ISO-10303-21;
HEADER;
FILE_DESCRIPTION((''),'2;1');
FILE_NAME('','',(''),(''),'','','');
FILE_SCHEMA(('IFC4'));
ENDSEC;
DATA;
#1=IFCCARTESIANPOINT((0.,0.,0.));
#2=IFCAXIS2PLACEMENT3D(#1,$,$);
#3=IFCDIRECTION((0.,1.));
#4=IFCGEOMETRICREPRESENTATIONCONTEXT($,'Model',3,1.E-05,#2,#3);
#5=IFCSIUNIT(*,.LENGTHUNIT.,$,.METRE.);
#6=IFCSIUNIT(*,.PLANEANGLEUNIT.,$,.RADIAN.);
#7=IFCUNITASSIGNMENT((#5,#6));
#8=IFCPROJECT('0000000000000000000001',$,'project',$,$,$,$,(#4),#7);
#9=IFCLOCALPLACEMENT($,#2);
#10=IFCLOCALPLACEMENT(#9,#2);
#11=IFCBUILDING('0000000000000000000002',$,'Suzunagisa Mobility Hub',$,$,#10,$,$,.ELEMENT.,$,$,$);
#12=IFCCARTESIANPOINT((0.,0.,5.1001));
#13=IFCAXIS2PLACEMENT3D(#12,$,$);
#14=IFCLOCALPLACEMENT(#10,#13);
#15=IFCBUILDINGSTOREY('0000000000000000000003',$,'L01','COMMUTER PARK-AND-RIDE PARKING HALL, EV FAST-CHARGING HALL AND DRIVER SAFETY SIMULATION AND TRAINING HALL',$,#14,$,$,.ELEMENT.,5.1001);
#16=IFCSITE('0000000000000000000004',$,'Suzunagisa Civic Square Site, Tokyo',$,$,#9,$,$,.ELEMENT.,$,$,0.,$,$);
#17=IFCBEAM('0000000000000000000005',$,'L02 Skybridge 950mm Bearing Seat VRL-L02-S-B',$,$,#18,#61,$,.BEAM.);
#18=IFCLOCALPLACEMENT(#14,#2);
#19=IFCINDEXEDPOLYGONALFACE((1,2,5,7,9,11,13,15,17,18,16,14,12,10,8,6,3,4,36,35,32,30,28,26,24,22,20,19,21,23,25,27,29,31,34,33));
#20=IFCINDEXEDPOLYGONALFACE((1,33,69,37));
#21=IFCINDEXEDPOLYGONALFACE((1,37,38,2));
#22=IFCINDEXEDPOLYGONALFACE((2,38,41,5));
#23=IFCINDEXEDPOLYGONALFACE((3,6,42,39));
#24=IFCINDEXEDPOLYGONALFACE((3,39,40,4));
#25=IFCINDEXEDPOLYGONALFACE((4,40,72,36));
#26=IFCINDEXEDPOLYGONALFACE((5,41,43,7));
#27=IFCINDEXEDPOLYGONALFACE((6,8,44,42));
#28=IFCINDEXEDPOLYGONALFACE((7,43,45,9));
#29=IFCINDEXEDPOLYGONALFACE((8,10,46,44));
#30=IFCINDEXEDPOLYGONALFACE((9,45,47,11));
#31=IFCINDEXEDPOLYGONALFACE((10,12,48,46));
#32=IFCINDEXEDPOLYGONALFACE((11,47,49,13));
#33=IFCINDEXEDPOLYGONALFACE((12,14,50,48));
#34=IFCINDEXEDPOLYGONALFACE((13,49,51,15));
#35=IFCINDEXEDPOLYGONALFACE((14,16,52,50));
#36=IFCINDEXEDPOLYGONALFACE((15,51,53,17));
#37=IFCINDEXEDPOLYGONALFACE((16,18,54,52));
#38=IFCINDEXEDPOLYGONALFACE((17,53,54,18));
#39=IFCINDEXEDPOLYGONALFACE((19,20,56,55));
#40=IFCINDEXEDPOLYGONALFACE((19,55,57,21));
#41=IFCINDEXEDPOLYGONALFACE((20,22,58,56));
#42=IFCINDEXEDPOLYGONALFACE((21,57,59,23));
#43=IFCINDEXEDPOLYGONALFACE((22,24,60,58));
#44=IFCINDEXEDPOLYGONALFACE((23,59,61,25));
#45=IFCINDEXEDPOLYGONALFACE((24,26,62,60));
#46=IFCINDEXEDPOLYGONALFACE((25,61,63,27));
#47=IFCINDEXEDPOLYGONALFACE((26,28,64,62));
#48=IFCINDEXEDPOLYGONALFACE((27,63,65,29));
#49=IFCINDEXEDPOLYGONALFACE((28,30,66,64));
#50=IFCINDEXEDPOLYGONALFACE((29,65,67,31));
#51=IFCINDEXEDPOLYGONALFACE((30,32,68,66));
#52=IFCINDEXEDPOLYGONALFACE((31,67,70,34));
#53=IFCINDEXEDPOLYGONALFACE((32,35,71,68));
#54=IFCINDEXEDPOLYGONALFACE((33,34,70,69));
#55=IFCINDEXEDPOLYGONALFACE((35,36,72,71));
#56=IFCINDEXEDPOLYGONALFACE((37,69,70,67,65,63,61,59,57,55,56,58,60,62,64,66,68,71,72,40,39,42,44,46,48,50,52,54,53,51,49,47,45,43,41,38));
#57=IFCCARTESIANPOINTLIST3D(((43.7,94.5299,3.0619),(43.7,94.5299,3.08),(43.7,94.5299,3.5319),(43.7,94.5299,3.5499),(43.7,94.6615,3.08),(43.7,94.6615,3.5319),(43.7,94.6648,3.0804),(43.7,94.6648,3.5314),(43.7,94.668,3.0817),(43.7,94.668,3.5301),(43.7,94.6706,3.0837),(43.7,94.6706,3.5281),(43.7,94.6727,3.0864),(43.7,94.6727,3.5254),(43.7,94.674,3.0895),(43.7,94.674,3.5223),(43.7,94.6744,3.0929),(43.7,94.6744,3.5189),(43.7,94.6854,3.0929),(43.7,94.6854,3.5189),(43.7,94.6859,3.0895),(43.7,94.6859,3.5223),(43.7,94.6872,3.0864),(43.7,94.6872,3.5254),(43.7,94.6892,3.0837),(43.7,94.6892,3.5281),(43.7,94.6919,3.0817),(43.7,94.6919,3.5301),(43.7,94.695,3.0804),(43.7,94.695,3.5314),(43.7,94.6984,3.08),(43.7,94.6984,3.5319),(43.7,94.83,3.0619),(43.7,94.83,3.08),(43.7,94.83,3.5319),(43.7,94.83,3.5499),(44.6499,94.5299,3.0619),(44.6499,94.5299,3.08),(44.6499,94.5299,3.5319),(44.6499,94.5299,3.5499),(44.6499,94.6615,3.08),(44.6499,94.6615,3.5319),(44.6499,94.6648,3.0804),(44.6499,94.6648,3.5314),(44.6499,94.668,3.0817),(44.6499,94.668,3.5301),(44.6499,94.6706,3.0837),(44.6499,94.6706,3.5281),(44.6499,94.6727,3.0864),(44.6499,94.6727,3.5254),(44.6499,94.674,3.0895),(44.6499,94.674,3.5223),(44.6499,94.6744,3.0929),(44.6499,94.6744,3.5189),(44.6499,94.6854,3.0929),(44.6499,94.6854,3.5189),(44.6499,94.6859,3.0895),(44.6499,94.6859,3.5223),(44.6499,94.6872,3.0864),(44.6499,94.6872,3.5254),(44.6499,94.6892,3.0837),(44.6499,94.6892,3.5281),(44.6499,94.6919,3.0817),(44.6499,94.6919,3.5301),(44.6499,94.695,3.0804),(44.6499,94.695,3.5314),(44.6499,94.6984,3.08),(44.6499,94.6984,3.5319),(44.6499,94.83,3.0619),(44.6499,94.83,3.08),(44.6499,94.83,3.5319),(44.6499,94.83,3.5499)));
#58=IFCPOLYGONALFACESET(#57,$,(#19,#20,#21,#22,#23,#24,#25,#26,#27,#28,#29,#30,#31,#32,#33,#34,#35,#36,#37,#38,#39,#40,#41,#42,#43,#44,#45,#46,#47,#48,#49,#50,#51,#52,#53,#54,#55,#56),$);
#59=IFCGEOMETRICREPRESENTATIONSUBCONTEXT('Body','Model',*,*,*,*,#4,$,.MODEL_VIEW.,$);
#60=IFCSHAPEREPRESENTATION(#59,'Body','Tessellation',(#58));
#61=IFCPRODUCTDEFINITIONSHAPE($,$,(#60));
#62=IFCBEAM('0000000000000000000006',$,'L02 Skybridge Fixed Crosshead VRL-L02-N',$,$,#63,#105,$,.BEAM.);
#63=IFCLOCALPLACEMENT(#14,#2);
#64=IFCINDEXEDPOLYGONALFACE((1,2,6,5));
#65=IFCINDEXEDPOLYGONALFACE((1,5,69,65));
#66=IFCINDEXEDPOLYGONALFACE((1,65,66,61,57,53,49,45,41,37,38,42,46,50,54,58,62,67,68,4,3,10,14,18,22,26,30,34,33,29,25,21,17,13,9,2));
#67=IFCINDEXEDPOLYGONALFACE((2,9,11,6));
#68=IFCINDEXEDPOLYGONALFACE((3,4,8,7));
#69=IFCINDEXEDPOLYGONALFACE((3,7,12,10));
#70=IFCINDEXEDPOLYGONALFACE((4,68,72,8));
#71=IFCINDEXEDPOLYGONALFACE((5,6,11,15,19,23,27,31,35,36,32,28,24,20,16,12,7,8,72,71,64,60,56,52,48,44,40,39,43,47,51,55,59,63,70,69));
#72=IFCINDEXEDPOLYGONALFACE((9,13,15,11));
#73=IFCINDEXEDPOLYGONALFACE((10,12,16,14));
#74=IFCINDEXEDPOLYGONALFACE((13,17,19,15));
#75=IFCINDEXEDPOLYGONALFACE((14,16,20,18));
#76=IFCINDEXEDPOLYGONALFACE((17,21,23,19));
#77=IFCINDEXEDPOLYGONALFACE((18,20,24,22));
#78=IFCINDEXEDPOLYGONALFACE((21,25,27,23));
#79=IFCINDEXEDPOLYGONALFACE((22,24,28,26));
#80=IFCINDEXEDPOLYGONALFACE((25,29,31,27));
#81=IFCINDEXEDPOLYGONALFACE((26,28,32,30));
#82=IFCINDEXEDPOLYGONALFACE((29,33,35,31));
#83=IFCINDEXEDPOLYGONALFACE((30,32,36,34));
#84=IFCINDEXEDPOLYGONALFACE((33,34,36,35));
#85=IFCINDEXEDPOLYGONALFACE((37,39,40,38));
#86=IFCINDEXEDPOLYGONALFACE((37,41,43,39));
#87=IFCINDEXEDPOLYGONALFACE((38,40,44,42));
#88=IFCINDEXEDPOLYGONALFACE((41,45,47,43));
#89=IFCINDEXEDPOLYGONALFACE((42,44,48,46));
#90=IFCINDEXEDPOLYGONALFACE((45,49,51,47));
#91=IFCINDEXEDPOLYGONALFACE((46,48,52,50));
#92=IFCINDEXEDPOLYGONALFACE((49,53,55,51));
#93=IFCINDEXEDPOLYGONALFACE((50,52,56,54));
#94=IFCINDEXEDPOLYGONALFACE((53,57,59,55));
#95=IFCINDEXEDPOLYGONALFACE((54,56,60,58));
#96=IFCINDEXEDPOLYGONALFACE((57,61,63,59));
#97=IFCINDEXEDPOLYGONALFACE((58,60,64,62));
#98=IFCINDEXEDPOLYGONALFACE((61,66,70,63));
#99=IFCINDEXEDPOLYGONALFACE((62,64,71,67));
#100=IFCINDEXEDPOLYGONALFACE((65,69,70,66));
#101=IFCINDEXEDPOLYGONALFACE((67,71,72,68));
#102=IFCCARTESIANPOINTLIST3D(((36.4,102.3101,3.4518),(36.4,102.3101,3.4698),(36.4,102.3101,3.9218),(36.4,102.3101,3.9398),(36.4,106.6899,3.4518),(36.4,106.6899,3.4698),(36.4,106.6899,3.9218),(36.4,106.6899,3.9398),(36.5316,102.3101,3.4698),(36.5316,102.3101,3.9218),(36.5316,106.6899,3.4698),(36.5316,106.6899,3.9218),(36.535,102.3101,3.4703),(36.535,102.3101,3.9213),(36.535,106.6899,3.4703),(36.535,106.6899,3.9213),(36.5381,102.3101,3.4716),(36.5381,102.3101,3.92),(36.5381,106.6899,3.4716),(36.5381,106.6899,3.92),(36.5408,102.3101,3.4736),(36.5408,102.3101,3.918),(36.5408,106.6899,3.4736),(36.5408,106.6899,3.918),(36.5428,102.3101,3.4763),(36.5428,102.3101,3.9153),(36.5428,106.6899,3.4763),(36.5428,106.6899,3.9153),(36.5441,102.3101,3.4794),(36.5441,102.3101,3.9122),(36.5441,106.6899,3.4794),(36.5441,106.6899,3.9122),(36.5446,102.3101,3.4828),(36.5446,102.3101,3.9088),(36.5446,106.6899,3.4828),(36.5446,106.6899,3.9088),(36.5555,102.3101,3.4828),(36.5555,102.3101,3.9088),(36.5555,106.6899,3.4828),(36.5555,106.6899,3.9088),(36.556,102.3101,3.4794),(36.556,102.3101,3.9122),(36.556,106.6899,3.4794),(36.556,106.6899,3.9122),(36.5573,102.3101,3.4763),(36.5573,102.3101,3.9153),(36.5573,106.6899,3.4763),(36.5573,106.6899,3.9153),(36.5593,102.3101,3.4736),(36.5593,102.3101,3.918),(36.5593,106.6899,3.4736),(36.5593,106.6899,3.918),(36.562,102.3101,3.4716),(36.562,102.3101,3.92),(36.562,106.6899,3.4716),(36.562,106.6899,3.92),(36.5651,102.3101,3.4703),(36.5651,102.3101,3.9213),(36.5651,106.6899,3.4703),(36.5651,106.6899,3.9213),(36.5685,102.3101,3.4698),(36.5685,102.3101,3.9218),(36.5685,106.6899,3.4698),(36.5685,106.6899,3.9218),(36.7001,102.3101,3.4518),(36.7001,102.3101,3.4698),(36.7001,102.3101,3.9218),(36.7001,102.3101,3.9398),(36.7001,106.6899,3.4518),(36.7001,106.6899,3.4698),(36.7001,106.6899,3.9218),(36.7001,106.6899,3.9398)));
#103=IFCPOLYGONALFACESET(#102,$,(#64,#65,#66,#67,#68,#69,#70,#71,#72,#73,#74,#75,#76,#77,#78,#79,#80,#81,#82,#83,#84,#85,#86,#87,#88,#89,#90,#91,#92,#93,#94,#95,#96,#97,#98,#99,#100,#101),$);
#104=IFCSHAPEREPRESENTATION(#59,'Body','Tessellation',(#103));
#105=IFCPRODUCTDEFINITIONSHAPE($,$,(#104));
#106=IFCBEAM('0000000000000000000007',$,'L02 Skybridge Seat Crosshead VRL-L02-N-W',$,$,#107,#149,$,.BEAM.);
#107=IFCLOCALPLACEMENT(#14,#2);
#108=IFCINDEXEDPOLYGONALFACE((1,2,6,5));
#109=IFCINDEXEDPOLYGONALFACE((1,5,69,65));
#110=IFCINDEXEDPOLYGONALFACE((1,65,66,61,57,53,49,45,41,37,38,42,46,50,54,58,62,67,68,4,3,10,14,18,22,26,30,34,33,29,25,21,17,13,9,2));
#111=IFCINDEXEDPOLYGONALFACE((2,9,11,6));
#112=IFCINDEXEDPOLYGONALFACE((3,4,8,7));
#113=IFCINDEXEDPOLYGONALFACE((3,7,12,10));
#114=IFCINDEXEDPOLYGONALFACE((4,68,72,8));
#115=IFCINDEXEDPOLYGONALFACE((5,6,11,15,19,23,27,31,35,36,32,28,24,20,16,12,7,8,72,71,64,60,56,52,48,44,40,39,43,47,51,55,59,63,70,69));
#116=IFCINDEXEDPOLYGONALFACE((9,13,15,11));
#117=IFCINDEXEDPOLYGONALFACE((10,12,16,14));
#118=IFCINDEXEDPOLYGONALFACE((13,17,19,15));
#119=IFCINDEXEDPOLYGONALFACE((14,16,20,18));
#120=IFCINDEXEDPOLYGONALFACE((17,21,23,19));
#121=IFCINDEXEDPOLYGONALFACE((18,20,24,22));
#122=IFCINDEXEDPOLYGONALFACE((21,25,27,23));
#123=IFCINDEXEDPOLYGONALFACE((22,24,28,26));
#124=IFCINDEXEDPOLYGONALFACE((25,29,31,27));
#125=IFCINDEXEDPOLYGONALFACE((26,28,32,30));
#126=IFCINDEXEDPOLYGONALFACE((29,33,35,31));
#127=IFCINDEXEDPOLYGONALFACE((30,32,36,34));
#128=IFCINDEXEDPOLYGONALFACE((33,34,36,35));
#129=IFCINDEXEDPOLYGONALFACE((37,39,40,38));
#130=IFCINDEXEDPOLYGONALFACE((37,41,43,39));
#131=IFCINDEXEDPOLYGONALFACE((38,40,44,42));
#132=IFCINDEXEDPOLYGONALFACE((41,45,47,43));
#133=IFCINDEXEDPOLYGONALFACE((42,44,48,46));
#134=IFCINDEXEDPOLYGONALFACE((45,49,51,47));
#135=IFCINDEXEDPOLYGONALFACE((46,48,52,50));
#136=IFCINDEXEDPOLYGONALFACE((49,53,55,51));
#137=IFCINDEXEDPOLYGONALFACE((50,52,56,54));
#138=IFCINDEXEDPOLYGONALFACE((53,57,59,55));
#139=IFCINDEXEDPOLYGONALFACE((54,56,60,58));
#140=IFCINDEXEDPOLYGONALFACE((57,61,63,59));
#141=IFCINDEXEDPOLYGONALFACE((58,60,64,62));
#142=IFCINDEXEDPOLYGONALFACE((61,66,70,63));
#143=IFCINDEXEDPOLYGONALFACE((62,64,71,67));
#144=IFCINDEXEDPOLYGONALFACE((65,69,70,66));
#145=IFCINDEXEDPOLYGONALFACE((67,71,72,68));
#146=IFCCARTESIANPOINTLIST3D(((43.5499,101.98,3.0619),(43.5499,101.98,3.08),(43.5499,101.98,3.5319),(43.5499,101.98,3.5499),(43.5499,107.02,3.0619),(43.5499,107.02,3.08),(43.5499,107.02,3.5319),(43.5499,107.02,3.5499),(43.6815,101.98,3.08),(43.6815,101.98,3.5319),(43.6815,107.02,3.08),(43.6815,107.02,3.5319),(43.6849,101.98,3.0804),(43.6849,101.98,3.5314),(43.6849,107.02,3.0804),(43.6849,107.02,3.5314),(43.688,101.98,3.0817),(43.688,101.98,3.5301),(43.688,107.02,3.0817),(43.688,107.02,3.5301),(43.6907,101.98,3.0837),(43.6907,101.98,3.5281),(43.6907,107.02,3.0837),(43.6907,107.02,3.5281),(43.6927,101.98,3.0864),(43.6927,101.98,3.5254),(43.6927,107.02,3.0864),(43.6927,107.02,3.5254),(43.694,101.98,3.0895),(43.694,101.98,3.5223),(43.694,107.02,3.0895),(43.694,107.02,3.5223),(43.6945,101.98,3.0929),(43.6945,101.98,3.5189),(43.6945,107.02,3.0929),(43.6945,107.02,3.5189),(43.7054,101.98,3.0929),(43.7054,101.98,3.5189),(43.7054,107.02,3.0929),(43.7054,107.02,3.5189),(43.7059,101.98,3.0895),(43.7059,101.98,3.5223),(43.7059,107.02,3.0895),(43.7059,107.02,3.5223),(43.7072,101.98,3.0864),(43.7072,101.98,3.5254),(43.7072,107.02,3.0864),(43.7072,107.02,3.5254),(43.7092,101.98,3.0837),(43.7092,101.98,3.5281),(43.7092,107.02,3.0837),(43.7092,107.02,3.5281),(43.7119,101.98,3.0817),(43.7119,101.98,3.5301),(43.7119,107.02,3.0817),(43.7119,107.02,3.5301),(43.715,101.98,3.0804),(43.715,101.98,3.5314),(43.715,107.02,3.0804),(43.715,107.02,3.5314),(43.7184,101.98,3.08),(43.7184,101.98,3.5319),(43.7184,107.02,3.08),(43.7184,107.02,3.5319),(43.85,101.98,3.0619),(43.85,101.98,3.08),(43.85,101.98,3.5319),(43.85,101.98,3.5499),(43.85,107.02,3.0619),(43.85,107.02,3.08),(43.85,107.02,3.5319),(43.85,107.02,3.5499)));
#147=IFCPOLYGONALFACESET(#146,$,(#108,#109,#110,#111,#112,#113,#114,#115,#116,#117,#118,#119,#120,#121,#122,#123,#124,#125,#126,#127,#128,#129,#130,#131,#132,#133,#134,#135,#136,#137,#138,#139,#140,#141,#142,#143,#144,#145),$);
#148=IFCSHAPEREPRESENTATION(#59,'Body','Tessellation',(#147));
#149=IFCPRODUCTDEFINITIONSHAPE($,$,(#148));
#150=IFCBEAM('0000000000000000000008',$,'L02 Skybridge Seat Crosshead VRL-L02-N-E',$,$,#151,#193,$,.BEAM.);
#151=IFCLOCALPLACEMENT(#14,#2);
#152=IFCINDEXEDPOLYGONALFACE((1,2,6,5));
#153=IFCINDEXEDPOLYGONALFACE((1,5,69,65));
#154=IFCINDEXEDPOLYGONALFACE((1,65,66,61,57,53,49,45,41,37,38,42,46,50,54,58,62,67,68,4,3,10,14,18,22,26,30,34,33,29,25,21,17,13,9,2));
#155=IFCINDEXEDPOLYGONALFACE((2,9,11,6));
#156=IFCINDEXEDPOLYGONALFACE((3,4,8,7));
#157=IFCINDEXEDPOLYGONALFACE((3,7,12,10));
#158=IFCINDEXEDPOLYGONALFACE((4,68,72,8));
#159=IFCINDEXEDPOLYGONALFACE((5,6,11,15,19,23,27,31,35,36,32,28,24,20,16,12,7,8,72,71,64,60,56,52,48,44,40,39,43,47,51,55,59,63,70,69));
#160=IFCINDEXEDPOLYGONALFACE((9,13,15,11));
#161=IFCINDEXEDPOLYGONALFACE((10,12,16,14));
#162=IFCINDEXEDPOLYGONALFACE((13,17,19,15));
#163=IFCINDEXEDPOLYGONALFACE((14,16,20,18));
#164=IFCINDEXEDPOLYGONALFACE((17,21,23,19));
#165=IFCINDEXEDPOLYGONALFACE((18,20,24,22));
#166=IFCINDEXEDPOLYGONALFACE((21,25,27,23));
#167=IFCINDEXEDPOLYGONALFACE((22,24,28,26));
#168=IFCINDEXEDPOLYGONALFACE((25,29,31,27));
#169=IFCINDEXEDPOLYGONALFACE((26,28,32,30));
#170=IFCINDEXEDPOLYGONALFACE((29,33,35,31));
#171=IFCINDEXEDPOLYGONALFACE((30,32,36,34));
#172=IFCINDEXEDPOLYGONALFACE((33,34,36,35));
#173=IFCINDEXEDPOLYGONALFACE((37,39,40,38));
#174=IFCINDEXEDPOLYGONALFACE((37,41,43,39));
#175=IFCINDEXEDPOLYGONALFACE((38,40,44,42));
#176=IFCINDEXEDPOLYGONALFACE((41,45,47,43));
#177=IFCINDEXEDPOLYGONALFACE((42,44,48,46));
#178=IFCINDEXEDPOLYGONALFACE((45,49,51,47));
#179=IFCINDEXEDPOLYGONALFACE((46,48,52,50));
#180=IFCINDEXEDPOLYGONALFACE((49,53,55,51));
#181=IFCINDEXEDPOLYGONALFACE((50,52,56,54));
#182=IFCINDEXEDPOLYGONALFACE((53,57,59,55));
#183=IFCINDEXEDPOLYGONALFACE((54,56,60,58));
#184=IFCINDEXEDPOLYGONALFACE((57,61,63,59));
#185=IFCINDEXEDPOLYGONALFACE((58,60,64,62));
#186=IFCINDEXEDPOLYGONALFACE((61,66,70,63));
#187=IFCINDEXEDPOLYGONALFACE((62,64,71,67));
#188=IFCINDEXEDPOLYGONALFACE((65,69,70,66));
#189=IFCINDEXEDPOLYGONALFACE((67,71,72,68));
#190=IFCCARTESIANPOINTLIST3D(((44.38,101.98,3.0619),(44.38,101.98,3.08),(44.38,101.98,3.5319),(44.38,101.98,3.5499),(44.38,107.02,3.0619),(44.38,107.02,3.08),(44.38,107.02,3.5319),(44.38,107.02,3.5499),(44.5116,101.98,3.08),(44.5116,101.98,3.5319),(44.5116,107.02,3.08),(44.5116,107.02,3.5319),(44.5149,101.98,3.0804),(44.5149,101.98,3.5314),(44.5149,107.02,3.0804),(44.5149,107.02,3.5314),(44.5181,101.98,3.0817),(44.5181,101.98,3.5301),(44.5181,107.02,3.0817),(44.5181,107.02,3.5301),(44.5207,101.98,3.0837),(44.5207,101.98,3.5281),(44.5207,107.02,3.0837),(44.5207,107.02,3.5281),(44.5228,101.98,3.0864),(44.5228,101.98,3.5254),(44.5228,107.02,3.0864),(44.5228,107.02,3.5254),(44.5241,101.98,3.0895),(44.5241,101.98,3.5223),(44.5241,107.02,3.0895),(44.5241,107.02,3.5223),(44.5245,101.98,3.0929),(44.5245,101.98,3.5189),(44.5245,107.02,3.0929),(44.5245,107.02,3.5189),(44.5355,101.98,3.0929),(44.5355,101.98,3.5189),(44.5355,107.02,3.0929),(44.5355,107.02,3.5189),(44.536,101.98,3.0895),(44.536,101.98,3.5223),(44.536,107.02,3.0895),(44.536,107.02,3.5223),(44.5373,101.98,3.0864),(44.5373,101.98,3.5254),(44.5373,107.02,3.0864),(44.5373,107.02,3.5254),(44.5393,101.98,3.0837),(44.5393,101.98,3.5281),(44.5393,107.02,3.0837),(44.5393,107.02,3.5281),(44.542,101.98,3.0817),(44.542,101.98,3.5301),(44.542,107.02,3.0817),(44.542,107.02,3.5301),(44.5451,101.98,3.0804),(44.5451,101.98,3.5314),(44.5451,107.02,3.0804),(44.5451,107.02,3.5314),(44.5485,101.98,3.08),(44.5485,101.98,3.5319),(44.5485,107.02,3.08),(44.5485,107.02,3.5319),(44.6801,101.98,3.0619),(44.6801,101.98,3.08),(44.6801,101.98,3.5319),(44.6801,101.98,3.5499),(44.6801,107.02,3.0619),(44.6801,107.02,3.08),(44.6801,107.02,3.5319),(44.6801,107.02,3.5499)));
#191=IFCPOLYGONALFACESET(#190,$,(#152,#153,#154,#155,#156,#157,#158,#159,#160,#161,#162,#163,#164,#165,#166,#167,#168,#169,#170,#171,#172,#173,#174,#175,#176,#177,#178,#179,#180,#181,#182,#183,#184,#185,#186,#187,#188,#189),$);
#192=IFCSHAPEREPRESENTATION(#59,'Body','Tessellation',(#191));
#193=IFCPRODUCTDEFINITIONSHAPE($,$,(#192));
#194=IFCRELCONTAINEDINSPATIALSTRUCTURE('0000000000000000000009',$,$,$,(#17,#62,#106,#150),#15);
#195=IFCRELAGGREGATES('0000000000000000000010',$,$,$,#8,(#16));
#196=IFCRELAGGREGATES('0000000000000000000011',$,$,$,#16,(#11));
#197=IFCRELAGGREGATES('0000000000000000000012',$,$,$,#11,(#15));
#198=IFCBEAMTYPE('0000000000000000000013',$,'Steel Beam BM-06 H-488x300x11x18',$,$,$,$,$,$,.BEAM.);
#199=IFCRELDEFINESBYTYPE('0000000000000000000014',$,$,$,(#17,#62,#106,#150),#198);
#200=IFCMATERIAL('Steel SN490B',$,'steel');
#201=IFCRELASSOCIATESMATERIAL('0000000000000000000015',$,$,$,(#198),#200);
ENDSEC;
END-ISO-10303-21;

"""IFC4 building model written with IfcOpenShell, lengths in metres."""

from ifc_helpers import new_model, si_unit, direction, frame, origin, origin_2d, place, context, subcontext, project, spatial, i_section, extrude, material, material_profile, profile_set, type_object, element, save


model = new_model("IFC4")

# Units and contexts
model_context = context("Model", 3, precision=1e-05, world=origin(), true_north=direction((0.0, 1.0)))
body_context = subcontext(model_context, "Body", "Model", "MODEL_VIEW")
ifc_project = project(units=[si_unit("LENGTHUNIT", "METRE"), si_unit("PLANEANGLEUNIT", "RADIAN")], contexts=[model_context])

# Site, building, storey
site_placement = place(None, origin())
site = spatial("IfcSite", under=ifc_project, at=site_placement, Name="Suzunagisa Civic Square Site, Tokyo", CompositionType="ELEMENT", RefElevation=0.0)
building_placement = place(site_placement, origin())
building = spatial("IfcBuilding", under=site, at=building_placement, Name="Suzunagisa Mobility Hub", CompositionType="ELEMENT")
storey_placement = place(building_placement, frame((0.0, 0.0, 5.1001)))
storey = spatial("IfcBuildingStorey", under=building, at=storey_placement, Name="L01", Description="COMMUTER PARK-AND-RIDE PARKING HALL, EV FAST-CHARGING HALL AND DRIVER SAFETY SIMULATION AND TRAINING HALL", CompositionType="ELEMENT", Elevation=5.1001)

# Shared definitions
ifc_material_1 = material(Name="Steel SN490B", Category="steel")

# Beams
ifc_material_profile_1 = material_profile(ifc_material_1, i_section(OverallWidth=0.3, OverallDepth=0.488, WebThickness=0.011, FlangeThickness=0.0181, FilletRadius=0.0129, at=origin_2d()), Name="H-488x300x11x18")
ifc_profile_set_1 = profile_set([ifc_material_profile_1], Name="Steel SN490B")
beam_type_1 = type_object("IfcBeamType", Name="Steel Beam BM-06 H-488x300x11x18", PredefinedType="BEAM", material=ifc_profile_set_1)
beam_1_placement = place(storey_placement, frame((43.7, 94.6799, 3.3059), z_axis=(1.0, 0.0, 0.0), x_axis=(0.0, 1.0, 0.0)))
element("IfcBeam", 1, at=beam_1_placement, inside=storey, type_object=beam_type_1, Name="L02 Skybridge 950mm Bearing Seat VRL-L02-S-B", PredefinedType="BEAM", context=body_context, shape_type="SweptSolid", body=[
    extrude(i_section(OverallWidth=0.3, OverallDepth=0.488, WebThickness=0.011, FlangeThickness=0.0181, FilletRadius=0.0129, at=origin_2d()), origin(), (0.0, 0.0, 1.0), 0.95),
])
beam_2_placement = place(storey_placement, frame((36.55, 102.3101, 3.6958), z_axis=(0.0, 1.0, 0.0), x_axis=(-1.0, 0.0, 0.0)))
element("IfcBeam", 2, at=beam_2_placement, inside=storey, type_object=beam_type_1, Name="L02 Skybridge Fixed Crosshead VRL-L02-N", PredefinedType="BEAM", context=body_context, shape_type="SweptSolid", body=[
    extrude(i_section(OverallWidth=0.3, OverallDepth=0.488, WebThickness=0.011, FlangeThickness=0.0181, FilletRadius=0.0129, at=origin_2d()), origin(), (0.0, 0.0, 1.0), 4.3799),
])
for number, where, z_axis, x_axis, name in (
    (3, (43.7, 101.98, 3.3059), (0.0, 1.0, 0.0), (-1.0, 0.0, 0.0), "L02 Skybridge Seat Crosshead VRL-L02-N-W"),
    (4, (44.53, 101.98, 3.3059), (0.0, 1.0, 0.0), (-1.0, 0.0, 0.0), "L02 Skybridge Seat Crosshead VRL-L02-N-E"),
):
    element("IfcBeam", number, at=place(storey_placement, frame(where, z_axis=z_axis, x_axis=x_axis)), inside=storey, type_object=beam_type_1, Name=name, PredefinedType="BEAM", context=body_context, shape_type="SweptSolid", body=[
        extrude(i_section(OverallWidth=0.3, OverallDepth=0.488, WebThickness=0.011, FlangeThickness=0.0181, FilletRadius=0.0129, at=origin_2d()), origin(), (0.0, 0.0, 1.0), 5.04),
    ])

save(model, "model.ifc")
